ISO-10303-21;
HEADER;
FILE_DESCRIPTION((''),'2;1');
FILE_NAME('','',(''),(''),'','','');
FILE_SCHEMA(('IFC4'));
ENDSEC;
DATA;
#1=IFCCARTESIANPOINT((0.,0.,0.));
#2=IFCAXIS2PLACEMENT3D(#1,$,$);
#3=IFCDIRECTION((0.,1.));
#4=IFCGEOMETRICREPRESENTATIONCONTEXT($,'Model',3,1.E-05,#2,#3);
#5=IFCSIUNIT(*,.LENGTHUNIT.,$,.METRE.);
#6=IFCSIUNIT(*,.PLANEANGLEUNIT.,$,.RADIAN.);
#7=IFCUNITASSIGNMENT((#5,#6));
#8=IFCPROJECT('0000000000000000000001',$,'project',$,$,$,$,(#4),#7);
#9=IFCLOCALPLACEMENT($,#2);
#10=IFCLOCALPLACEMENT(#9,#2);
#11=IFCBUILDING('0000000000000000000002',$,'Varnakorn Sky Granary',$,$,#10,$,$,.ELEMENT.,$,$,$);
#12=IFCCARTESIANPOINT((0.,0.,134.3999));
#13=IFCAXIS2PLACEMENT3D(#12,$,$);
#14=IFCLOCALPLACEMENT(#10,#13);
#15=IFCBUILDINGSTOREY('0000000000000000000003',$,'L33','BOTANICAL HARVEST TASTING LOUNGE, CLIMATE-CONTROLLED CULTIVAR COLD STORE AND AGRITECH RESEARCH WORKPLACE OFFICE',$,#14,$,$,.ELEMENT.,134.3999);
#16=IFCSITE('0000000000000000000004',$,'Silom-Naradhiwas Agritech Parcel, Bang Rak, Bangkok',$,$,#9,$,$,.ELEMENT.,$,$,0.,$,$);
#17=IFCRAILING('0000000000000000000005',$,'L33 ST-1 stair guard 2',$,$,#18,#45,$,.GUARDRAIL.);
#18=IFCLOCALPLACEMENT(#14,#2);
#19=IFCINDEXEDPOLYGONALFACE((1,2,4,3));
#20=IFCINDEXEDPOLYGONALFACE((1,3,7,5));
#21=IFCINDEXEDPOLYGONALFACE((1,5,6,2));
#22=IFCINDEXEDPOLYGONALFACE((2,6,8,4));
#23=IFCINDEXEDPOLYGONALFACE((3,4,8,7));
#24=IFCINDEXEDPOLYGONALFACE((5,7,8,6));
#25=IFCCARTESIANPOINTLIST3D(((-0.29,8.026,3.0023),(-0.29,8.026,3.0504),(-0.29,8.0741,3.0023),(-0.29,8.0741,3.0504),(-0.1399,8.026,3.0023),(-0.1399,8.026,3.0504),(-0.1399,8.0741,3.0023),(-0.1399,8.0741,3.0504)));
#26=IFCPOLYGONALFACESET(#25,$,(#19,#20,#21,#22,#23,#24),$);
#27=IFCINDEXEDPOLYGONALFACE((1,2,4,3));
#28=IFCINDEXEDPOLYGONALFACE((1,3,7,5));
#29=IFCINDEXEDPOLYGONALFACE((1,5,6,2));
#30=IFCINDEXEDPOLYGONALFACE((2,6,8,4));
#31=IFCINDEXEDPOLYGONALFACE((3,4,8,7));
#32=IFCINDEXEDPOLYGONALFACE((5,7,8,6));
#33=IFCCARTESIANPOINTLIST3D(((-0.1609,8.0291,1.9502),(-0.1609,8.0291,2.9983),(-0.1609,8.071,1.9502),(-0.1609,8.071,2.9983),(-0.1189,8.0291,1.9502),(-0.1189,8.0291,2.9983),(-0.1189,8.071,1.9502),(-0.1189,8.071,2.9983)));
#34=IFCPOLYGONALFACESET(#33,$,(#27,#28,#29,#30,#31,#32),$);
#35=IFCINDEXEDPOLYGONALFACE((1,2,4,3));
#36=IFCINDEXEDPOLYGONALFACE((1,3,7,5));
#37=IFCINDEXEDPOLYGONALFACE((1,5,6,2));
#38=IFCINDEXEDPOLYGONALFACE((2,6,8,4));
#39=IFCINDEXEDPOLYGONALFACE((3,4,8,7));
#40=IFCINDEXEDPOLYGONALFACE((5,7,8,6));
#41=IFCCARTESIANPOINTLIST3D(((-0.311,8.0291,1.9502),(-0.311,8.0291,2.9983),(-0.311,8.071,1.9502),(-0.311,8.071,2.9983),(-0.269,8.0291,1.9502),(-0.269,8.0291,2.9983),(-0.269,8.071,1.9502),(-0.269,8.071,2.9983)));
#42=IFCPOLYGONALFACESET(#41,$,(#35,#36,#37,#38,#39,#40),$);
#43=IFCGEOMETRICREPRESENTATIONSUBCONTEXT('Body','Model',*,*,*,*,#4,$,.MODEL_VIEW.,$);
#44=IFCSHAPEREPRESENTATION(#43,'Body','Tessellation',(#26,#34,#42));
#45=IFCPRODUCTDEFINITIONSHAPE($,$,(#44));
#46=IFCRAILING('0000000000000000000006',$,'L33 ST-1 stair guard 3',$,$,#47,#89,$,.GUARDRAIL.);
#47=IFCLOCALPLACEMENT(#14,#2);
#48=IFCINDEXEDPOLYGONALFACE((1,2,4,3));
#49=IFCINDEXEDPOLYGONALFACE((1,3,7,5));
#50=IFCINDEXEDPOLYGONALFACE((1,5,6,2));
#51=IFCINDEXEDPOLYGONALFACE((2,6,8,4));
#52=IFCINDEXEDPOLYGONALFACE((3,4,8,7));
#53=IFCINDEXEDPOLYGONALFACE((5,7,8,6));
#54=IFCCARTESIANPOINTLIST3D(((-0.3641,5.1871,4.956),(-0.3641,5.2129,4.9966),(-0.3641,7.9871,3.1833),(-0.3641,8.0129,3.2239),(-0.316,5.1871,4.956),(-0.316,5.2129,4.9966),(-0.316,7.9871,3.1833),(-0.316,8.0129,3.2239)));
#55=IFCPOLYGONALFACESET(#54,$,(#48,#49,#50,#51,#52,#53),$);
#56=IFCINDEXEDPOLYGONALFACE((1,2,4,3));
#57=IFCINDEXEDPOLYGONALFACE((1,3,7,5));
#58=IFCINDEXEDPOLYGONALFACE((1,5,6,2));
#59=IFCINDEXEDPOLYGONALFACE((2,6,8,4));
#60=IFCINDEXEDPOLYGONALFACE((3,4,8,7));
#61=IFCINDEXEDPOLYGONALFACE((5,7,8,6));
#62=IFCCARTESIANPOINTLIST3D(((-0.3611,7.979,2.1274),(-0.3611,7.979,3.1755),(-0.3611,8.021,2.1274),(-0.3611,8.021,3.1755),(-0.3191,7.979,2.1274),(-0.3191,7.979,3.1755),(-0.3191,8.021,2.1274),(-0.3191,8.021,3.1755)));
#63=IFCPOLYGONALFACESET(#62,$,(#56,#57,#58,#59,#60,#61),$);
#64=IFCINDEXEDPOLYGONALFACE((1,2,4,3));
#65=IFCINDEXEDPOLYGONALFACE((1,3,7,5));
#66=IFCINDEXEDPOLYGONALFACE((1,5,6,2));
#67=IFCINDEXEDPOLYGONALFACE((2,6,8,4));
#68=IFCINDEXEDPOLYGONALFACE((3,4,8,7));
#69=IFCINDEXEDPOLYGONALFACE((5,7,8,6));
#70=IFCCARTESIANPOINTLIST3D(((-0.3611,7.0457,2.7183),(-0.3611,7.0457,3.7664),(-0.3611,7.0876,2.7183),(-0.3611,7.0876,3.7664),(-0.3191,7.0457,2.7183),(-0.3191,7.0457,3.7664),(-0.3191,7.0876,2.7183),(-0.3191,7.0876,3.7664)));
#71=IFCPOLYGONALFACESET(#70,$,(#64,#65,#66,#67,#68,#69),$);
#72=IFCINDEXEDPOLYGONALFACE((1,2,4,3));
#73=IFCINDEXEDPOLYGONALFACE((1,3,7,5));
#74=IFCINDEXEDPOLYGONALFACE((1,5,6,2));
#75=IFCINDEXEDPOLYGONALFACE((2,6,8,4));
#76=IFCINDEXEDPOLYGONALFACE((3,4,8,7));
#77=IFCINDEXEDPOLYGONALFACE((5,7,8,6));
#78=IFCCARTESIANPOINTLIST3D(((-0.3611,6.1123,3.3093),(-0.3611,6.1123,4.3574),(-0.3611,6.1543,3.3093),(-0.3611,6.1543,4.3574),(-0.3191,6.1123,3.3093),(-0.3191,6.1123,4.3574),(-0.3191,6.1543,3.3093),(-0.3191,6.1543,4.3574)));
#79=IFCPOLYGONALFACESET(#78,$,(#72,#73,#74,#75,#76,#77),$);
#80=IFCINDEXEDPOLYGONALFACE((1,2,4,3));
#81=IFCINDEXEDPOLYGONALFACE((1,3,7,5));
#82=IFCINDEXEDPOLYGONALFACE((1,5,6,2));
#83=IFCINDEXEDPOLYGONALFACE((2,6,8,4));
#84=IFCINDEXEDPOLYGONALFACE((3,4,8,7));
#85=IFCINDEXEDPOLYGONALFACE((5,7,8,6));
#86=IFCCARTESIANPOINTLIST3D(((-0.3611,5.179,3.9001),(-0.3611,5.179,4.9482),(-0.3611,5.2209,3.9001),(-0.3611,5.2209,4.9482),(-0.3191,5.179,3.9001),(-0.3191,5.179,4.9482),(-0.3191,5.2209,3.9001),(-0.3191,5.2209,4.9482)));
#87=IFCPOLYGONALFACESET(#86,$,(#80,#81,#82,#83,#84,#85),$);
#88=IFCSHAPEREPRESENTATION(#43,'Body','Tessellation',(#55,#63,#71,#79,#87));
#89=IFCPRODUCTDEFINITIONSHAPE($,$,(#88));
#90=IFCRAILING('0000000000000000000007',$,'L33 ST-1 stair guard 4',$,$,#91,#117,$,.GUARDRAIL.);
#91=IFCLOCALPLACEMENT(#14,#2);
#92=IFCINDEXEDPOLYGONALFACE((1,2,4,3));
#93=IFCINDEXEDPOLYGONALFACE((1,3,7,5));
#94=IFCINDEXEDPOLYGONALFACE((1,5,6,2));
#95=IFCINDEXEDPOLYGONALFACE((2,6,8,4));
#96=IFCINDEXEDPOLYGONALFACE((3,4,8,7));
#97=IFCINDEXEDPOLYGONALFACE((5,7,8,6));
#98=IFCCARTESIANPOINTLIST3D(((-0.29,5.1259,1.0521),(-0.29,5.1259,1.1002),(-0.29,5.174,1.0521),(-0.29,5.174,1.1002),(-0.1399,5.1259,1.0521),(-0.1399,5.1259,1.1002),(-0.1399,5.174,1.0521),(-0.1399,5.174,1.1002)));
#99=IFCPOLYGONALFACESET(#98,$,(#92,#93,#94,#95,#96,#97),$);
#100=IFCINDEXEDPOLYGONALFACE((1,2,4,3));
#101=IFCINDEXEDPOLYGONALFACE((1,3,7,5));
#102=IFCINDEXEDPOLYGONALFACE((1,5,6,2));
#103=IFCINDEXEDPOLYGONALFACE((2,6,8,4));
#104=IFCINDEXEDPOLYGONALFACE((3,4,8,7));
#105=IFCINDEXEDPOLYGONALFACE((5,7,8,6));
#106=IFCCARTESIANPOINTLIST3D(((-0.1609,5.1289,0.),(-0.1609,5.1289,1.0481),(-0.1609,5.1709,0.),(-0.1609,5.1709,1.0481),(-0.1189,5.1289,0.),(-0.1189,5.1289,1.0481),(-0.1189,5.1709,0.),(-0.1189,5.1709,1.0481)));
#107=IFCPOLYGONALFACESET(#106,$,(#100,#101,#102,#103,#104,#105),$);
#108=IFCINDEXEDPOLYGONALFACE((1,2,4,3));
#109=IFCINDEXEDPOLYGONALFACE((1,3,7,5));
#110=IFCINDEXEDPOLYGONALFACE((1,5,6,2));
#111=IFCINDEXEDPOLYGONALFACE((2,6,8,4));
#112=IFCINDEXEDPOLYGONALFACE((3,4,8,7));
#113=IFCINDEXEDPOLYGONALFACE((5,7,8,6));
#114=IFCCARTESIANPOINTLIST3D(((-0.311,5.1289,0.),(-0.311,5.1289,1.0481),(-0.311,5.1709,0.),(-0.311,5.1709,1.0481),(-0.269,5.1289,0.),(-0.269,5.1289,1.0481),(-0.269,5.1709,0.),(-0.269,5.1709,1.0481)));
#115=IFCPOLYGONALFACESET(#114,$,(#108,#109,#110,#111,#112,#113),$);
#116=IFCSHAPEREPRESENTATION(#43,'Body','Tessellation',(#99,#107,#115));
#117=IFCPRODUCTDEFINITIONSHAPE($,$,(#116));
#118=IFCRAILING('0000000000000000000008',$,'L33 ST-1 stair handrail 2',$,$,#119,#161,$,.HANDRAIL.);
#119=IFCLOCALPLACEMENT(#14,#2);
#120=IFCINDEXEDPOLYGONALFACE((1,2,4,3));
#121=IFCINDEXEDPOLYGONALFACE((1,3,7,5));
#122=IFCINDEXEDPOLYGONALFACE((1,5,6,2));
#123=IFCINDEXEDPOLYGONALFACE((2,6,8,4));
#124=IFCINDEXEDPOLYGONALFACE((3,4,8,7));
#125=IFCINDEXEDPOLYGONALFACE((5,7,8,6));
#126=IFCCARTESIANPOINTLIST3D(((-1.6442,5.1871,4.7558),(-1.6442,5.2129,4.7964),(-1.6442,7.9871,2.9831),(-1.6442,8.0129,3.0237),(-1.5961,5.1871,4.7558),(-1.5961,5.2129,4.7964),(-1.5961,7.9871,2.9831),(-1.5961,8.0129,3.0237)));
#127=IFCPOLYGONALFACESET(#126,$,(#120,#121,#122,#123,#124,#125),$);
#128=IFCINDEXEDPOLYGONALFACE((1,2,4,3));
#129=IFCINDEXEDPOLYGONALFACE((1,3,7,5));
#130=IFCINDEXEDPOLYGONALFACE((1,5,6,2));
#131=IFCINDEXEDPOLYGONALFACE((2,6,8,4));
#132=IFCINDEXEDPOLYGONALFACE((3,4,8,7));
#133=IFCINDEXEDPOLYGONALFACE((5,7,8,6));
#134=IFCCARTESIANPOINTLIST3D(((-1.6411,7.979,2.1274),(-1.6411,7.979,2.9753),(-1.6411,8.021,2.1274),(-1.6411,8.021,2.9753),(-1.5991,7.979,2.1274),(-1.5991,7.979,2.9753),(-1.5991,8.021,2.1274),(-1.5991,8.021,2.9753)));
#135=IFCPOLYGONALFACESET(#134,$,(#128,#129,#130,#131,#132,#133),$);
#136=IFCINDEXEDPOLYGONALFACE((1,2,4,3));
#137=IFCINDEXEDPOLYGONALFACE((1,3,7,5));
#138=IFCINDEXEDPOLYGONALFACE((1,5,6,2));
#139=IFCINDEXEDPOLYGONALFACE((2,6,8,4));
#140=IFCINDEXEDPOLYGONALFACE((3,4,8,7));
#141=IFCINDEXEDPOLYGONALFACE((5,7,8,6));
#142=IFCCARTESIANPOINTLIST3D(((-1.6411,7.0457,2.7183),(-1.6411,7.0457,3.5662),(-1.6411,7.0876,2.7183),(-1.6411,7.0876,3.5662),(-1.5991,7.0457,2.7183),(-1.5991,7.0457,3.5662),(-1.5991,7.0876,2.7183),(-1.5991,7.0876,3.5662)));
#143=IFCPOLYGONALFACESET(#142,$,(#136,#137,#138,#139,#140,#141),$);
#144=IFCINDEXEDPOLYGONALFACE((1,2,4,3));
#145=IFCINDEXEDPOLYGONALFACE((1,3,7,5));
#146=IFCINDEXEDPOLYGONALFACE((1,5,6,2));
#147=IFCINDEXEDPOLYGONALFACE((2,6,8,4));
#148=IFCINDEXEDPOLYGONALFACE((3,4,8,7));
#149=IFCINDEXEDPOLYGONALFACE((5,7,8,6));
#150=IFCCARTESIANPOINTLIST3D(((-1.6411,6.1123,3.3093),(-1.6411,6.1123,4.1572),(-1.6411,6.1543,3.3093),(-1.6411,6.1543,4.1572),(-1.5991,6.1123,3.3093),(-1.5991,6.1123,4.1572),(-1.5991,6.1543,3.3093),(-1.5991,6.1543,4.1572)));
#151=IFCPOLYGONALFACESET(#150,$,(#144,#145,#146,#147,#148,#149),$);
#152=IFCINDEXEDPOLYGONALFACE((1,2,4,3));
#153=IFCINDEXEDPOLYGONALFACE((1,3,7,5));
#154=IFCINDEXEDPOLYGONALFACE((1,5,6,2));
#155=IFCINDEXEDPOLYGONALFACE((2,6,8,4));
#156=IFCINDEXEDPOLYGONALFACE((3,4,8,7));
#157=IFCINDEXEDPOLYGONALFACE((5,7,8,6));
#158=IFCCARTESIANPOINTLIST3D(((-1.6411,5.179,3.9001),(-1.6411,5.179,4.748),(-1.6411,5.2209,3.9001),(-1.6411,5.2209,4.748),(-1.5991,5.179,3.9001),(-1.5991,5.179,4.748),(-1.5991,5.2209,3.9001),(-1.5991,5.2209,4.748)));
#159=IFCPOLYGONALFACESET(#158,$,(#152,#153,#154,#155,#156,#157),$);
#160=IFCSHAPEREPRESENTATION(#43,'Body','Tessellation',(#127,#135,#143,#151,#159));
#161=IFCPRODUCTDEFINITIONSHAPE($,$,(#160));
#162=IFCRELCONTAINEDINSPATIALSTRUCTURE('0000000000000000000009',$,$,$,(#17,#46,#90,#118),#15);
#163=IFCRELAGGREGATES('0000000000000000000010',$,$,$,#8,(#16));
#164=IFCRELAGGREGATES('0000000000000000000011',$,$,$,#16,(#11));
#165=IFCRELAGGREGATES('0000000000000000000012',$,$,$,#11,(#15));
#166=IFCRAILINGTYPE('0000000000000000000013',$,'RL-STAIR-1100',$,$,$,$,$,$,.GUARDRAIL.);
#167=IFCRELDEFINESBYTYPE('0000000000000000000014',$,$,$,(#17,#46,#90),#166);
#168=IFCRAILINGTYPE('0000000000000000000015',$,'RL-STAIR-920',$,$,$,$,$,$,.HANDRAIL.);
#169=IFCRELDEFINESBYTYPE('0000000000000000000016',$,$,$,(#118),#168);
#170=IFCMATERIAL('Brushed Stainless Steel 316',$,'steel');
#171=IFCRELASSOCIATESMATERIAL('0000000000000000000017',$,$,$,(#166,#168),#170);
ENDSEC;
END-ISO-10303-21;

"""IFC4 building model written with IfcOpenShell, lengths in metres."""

from ifc_helpers import new_model, si_unit, direction, frame, origin, origin_2d, place, context, subcontext, project, spatial, rectangle, extrude, material, type_object, element, save


model = new_model("IFC4")

# Units and contexts
model_context = context("Model", 3, precision=1e-05, world=origin(), true_north=direction((0.0, 1.0)))
body_context = subcontext(model_context, "Body", "Model", "MODEL_VIEW")
ifc_project = project(units=[si_unit("LENGTHUNIT", "METRE"), si_unit("PLANEANGLEUNIT", "RADIAN")], contexts=[model_context])

# Site, building, storey
site_placement = place(None, origin())
site = spatial("IfcSite", under=ifc_project, at=site_placement, Name="Silom-Naradhiwas Agritech Parcel, Bang Rak, Bangkok", CompositionType="ELEMENT", RefElevation=0.0)
building_placement = place(site_placement, origin())
building = spatial("IfcBuilding", under=site, at=building_placement, Name="Varnakorn Sky Granary", CompositionType="ELEMENT")
storey_placement = place(building_placement, frame((0.0, 0.0, 134.3999)))
storey = spatial("IfcBuildingStorey", under=building, at=storey_placement, Name="L33", Description="BOTANICAL HARVEST TASTING LOUNGE, CLIMATE-CONTROLLED CULTIVAR COLD STORE AND AGRITECH RESEARCH WORKPLACE OFFICE", CompositionType="ELEMENT", Elevation=134.3999)

# Railings
ifc_material_1 = material(Name="Brushed Stainless Steel 316", Category="steel")
railing_type_1 = type_object("IfcRailingType", Name="RL-STAIR-1100", PredefinedType="GUARDRAIL", material=ifc_material_1)
railing_1_placement = place(storey_placement, frame((-0.1399, 8.05, 1.9502)))
element("IfcRailing", 1, at=railing_1_placement, inside=storey, type_object=railing_type_1, Name="L33 ST-1 stair guard 2", PredefinedType="GUARDRAIL", context=body_context, shape_type="SweptSolid", body=[
    extrude(rectangle(XDim=0.0481, YDim=0.0481, at=origin_2d()), frame((0.0, 0.0, 1.0762), z_axis=(-1.0, 0.0, 0.0), x_axis=(0.0, -1.0, 0.0)), (0.0, 0.0, 1.0), 0.1501),
    extrude(rectangle(XDim=0.042, YDim=0.042, at=origin_2d()), origin(), (0.0, 0.0, 1.0), 1.0481),
    extrude(rectangle(XDim=0.042, YDim=0.042, at=origin_2d()), frame((-0.1501, 0.0, 0.0)), (0.0, 0.0, 1.0), 1.0481),
])
railing_2_placement = place(storey_placement, frame((-0.3401, 8.0, 2.1274)))
element("IfcRailing", 2, at=railing_2_placement, inside=storey, type_object=railing_type_1, Name="L33 ST-1 stair guard 3", PredefinedType="GUARDRAIL", context=body_context, shape_type="SweptSolid", body=[
    extrude(rectangle(XDim=0.0481, YDim=0.0481, at=origin_2d()), frame((0.0, 0.0, 1.0762), z_axis=(0.0, -0.844909, 0.53491), x_axis=(1.0, 0.0, 0.0)), (0.0, 0.0, 1.0), 3.314),
    extrude(rectangle(XDim=0.042, YDim=0.042, at=origin_2d()), origin(), (0.0, 0.0, 1.0), 1.0481),
    extrude(rectangle(XDim=0.042, YDim=0.042, at=origin_2d()), frame((0.0, -0.9333, 0.5908)), (0.0, 0.0, 1.0), 1.0481),
    extrude(rectangle(XDim=0.042, YDim=0.042, at=origin_2d()), frame((0.0, -1.8667, 1.1819)), (0.0, 0.0, 1.0), 1.0481),
    extrude(rectangle(XDim=0.042, YDim=0.042, at=origin_2d()), frame((0.0, -2.8, 1.7727)), (0.0, 0.0, 1.0), 1.0481),
])
railing_3_placement = place(storey_placement, frame((-0.1399, 5.1499, 0.0)))
element("IfcRailing", 3, at=railing_3_placement, inside=storey, type_object=railing_type_1, Name="L33 ST-1 stair guard 4", PredefinedType="GUARDRAIL", context=body_context, shape_type="SweptSolid", body=[
    extrude(rectangle(XDim=0.0481, YDim=0.0481, at=origin_2d()), frame((0.0, 0.0, 1.0762), z_axis=(-1.0, 0.0, 0.0), x_axis=(0.0, -1.0, 0.0)), (0.0, 0.0, 1.0), 0.1501),
    extrude(rectangle(XDim=0.042, YDim=0.042, at=origin_2d()), origin(), (0.0, 0.0, 1.0), 1.0481),
    extrude(rectangle(XDim=0.042, YDim=0.042, at=origin_2d()), frame((-0.1501, 0.0, 0.0)), (0.0, 0.0, 1.0), 1.0481),
])
railing_type_2 = type_object("IfcRailingType", Name="RL-STAIR-920", PredefinedType="HANDRAIL", material=ifc_material_1)
railing_4_placement = place(storey_placement, frame((-1.6201, 8.0, 2.1274)))
element("IfcRailing", 4, at=railing_4_placement, inside=storey, type_object=railing_type_2, Name="L33 ST-1 stair handrail 2", PredefinedType="HANDRAIL", context=body_context, shape_type="SweptSolid", body=[
    extrude(rectangle(XDim=0.0481, YDim=0.0481, at=origin_2d()), frame((0.0, 0.0, 0.876), z_axis=(0.0, -0.844909, 0.53491), x_axis=(1.0, 0.0, 0.0)), (0.0, 0.0, 1.0), 3.314),
    extrude(rectangle(XDim=0.042, YDim=0.042, at=origin_2d()), origin(), (0.0, 0.0, 1.0), 0.8479),
    extrude(rectangle(XDim=0.042, YDim=0.042, at=origin_2d()), frame((0.0, -0.9333, 0.5908)), (0.0, 0.0, 1.0), 0.8479),
    extrude(rectangle(XDim=0.042, YDim=0.042, at=origin_2d()), frame((0.0, -1.8667, 1.1819)), (0.0, 0.0, 1.0), 0.8479),
    extrude(rectangle(XDim=0.042, YDim=0.042, at=origin_2d()), frame((0.0, -2.8, 1.7727)), (0.0, 0.0, 1.0), 0.8479),
])

save(model, "model.ifc")
